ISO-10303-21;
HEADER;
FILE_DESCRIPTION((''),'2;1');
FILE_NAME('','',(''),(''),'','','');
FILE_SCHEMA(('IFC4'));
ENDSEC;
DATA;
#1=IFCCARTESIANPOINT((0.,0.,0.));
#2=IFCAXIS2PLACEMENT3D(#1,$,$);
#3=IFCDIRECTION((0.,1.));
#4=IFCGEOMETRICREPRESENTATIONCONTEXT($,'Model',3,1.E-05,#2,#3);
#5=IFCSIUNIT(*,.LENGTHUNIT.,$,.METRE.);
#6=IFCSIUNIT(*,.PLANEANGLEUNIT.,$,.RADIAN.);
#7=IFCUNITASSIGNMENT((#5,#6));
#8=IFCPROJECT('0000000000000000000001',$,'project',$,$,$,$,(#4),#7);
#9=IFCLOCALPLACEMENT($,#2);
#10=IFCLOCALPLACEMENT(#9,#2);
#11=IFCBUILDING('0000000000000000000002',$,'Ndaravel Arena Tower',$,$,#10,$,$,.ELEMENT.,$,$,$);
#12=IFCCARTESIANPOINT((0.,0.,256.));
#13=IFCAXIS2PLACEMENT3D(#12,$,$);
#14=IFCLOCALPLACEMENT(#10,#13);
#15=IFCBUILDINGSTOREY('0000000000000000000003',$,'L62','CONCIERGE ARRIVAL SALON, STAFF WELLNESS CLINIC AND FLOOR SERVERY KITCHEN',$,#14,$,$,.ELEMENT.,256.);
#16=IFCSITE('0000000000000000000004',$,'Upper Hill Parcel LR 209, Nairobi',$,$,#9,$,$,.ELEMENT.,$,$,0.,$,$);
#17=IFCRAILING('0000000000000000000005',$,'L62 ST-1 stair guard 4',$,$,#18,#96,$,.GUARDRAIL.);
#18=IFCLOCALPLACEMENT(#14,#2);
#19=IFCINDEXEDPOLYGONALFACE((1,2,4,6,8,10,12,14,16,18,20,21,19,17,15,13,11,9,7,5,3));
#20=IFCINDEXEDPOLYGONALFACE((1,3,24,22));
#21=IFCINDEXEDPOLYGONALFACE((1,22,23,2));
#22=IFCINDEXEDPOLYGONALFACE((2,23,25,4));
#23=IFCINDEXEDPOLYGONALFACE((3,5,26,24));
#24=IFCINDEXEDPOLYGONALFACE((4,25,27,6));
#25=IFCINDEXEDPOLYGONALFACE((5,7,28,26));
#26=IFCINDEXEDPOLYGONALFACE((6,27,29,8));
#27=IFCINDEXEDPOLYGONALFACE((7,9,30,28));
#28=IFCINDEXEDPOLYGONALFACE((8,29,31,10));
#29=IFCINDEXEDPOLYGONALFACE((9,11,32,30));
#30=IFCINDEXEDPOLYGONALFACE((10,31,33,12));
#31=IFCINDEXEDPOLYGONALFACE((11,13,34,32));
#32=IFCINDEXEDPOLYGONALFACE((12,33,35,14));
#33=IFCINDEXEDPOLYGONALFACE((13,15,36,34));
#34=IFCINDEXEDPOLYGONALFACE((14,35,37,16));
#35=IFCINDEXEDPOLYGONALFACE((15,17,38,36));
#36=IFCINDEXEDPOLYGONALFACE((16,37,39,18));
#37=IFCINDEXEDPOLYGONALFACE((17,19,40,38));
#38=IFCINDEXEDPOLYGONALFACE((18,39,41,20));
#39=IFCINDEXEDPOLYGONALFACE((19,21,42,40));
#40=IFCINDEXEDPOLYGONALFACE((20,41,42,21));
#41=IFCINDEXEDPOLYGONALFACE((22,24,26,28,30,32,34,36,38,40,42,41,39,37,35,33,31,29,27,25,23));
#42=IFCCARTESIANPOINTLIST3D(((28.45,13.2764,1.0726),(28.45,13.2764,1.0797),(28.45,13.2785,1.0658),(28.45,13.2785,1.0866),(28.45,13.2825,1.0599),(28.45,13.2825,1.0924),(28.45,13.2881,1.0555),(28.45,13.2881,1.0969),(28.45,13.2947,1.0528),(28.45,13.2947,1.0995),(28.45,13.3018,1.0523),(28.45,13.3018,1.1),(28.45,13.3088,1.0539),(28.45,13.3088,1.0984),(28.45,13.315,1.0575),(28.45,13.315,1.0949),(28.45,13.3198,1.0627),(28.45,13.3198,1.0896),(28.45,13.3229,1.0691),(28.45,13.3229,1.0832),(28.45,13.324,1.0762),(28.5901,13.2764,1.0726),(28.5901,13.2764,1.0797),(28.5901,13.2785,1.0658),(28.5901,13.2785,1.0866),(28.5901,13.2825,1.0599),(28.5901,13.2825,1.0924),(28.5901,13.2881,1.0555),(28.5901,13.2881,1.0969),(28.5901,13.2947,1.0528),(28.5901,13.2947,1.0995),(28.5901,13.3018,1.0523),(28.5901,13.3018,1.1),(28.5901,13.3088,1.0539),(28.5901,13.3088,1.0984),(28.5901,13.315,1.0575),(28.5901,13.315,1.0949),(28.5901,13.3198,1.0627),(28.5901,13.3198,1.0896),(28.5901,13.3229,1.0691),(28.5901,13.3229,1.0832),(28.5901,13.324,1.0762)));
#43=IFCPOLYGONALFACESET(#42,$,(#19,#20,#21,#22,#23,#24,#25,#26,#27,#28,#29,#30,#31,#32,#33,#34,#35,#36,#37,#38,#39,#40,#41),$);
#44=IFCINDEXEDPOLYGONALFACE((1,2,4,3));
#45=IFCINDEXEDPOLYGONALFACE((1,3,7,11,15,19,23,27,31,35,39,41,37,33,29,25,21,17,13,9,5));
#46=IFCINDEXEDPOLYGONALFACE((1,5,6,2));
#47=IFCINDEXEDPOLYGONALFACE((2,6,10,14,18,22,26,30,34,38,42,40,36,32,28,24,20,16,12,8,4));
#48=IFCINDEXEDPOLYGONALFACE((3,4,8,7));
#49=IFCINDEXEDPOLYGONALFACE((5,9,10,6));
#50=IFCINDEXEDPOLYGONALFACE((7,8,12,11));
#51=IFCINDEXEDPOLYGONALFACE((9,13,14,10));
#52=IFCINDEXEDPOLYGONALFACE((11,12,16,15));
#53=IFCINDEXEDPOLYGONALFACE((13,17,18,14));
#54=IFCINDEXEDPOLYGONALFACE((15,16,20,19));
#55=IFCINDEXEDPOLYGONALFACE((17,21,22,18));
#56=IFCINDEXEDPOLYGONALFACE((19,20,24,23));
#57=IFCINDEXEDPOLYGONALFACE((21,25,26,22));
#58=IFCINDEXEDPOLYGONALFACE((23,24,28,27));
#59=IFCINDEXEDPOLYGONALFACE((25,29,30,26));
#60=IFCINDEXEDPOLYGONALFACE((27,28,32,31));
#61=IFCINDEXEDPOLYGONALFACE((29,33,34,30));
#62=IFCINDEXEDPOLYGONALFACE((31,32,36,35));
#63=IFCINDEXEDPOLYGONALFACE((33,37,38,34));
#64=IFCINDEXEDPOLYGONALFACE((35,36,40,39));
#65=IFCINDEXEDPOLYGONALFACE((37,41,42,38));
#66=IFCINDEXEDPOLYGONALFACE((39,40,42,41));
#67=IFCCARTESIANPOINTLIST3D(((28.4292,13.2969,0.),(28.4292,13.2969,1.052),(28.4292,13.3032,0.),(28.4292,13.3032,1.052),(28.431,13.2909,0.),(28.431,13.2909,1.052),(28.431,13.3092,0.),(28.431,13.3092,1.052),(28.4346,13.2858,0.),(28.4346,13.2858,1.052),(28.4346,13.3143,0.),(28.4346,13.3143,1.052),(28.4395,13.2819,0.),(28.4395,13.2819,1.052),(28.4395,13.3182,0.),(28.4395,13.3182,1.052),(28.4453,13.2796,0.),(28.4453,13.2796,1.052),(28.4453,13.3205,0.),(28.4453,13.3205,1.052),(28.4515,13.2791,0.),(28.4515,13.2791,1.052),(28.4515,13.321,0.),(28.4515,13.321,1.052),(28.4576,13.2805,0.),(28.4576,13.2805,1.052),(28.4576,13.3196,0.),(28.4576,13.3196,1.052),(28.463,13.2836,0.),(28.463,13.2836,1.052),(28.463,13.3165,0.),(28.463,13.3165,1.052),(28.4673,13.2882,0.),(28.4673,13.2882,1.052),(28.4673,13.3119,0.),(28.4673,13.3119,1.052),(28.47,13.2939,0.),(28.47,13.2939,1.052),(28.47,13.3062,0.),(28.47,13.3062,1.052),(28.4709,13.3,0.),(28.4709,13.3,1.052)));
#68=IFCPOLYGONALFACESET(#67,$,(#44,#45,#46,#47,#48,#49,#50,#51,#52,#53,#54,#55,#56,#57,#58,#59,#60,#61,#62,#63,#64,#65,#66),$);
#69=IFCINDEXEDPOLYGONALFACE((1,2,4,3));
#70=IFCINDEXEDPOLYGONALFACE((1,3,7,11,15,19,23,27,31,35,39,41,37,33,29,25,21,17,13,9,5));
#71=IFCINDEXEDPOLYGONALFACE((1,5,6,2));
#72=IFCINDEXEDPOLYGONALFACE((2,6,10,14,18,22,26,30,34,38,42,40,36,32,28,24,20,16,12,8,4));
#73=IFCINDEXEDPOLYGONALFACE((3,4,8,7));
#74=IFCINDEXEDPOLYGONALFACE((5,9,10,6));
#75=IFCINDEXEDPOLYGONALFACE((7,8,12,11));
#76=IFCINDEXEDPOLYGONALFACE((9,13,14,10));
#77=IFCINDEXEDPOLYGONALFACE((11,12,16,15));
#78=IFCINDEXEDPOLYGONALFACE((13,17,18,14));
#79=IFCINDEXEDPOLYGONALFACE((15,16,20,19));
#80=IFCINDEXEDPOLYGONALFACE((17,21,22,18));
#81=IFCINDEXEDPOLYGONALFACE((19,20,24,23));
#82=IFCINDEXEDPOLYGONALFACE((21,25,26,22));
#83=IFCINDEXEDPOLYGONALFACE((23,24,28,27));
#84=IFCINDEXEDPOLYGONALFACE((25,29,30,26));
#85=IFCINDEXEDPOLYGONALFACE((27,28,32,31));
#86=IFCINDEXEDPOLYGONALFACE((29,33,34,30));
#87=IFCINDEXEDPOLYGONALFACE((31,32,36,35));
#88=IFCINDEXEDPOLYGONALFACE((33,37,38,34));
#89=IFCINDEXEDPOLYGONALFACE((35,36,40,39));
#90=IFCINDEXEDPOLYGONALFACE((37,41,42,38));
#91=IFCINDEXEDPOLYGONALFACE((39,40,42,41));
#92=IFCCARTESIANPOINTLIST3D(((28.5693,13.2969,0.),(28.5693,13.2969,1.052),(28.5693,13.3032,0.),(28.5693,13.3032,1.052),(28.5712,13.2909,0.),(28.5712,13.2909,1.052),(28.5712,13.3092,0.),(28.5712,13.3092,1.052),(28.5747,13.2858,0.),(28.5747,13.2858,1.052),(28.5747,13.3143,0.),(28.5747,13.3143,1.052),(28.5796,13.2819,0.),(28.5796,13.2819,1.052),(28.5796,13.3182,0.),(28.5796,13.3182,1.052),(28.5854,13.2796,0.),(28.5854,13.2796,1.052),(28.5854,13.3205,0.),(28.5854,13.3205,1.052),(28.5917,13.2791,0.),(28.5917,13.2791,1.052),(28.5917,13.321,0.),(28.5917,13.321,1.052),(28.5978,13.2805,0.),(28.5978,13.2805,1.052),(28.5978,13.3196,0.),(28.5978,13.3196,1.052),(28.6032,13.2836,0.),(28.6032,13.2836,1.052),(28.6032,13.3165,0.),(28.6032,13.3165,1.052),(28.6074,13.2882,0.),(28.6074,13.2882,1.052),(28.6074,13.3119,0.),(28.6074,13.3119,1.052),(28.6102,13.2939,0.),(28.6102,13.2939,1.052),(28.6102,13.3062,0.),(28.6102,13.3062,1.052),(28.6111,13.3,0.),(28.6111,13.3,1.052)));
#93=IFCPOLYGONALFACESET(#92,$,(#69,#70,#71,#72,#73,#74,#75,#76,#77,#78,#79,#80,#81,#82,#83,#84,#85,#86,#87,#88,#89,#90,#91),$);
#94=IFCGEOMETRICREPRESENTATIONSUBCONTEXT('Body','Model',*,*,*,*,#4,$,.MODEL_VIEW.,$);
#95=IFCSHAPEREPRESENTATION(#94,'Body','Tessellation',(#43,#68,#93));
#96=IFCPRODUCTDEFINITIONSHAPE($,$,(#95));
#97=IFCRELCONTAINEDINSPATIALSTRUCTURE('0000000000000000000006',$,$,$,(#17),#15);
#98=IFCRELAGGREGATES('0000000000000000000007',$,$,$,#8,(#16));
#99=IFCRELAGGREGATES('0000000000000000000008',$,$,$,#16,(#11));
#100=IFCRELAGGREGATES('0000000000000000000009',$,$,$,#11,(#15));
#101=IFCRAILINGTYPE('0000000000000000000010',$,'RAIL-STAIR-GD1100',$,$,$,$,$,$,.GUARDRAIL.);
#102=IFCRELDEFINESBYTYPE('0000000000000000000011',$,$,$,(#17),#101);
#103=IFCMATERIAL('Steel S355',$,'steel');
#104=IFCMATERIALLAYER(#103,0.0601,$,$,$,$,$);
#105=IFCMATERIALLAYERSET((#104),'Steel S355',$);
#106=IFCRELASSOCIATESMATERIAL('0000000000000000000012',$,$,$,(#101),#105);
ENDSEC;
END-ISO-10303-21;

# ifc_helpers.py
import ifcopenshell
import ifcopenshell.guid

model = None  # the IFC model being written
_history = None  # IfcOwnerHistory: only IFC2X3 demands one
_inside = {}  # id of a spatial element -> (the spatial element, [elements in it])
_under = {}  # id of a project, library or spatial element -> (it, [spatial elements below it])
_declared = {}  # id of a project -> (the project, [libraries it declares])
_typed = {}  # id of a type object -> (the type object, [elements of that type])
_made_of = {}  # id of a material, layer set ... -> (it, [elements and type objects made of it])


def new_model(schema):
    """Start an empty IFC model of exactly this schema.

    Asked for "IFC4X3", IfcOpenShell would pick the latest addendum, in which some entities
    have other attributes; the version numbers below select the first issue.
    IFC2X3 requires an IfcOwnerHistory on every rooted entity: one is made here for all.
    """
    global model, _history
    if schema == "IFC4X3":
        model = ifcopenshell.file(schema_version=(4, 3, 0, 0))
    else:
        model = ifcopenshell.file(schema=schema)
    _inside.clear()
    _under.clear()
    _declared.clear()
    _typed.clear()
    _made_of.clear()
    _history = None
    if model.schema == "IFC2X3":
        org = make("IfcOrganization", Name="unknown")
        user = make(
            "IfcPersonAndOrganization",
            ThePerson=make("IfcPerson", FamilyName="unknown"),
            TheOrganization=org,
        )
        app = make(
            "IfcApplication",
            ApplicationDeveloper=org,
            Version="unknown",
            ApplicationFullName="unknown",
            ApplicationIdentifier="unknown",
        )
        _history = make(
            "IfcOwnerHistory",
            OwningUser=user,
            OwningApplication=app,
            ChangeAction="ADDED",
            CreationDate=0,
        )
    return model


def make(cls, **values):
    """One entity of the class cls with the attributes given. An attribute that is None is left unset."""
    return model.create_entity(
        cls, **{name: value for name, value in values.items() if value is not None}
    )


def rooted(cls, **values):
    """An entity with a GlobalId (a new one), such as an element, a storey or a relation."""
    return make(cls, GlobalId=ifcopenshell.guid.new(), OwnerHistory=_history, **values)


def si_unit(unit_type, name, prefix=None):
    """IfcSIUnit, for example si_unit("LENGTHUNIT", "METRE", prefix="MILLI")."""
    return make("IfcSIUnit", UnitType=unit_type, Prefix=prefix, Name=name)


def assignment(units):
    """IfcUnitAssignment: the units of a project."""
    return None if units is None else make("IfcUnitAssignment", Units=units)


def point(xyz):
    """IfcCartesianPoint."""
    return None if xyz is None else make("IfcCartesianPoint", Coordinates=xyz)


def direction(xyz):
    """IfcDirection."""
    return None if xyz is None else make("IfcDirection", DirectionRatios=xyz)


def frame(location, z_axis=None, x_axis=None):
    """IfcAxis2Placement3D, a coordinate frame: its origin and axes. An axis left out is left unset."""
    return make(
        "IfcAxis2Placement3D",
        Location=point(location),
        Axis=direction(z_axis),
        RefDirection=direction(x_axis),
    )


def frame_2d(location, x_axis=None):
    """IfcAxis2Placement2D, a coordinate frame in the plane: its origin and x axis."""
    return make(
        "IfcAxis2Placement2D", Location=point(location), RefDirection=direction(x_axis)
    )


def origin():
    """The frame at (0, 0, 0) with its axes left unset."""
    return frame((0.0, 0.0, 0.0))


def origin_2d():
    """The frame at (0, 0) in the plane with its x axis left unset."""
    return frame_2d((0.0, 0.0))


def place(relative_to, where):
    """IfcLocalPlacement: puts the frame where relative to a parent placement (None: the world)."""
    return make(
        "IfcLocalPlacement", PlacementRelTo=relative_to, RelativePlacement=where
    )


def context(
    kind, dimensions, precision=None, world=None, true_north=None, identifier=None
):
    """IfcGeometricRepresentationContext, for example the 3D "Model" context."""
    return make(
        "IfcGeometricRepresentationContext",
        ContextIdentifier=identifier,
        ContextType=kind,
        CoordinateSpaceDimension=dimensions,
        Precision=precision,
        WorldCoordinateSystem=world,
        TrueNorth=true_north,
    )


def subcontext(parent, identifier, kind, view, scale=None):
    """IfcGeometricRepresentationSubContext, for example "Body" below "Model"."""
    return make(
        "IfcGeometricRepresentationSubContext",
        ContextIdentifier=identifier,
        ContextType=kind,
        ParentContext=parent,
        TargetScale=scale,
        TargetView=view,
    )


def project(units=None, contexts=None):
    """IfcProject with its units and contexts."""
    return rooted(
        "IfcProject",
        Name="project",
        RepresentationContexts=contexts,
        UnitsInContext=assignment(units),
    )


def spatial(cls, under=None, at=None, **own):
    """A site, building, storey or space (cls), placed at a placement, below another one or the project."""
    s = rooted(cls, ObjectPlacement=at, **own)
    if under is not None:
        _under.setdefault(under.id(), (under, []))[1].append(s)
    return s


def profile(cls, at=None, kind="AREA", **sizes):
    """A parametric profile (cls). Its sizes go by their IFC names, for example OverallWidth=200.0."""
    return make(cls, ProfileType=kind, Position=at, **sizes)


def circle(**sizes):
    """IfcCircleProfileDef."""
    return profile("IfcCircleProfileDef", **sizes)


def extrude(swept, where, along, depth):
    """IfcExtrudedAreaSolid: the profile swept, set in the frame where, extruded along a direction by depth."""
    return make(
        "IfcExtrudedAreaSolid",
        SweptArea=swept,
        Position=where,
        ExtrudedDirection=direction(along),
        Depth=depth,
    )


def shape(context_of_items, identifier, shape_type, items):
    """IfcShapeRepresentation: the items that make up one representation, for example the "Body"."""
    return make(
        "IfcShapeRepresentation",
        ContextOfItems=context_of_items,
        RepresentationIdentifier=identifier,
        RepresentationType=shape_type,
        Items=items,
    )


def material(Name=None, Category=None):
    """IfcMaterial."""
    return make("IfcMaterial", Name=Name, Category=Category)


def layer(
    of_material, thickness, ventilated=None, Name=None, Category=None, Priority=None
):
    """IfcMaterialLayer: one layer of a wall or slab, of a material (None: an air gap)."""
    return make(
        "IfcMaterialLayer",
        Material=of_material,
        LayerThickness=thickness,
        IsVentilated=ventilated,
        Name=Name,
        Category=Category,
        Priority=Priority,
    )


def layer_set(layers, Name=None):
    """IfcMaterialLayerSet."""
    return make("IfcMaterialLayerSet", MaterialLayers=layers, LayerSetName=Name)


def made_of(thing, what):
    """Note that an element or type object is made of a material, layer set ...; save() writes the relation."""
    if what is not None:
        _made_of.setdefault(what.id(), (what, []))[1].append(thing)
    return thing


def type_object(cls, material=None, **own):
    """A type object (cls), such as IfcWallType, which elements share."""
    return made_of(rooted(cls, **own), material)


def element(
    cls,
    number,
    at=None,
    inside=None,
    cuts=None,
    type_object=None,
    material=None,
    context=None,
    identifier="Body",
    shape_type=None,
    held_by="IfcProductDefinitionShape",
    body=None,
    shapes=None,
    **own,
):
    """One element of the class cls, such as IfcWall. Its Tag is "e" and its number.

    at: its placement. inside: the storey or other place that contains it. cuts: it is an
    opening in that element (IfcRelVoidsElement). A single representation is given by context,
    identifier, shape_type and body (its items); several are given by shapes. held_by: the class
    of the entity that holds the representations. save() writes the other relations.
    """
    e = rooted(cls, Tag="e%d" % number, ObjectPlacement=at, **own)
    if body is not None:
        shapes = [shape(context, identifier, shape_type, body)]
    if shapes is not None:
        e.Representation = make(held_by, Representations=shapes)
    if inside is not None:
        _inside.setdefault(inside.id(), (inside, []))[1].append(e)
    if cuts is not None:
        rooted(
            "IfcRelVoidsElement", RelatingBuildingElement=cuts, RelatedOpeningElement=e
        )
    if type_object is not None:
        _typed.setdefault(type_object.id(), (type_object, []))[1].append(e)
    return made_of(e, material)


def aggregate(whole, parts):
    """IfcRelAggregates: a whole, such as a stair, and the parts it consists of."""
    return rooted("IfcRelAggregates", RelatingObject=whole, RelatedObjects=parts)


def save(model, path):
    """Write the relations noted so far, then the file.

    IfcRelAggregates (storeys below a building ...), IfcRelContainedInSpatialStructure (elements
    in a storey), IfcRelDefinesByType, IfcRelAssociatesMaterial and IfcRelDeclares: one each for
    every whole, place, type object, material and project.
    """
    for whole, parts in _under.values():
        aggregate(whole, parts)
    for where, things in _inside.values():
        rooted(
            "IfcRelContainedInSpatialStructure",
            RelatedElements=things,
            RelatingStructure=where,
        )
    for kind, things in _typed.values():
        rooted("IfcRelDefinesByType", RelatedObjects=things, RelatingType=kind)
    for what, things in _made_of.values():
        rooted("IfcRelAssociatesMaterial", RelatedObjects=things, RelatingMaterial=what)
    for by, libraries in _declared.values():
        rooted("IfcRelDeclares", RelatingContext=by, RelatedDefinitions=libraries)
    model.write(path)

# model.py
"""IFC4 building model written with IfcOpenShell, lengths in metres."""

from ifc_helpers import new_model, si_unit, direction, frame, origin, origin_2d, place, context, subcontext, project, spatial, circle, extrude, material, layer, layer_set, type_object, element, save


model = new_model("IFC4")

# Units and contexts
model_context = context("Model", 3, precision=1e-05, world=origin(), true_north=direction((0.0, 1.0)))
body_context = subcontext(model_context, "Body", "Model", "MODEL_VIEW")
ifc_project = project(units=[si_unit("LENGTHUNIT", "METRE"), si_unit("PLANEANGLEUNIT", "RADIAN")], contexts=[model_context])

# Site, building, storey
site_placement = place(None, origin())
site = spatial("IfcSite", under=ifc_project, at=site_placement, Name="Upper Hill Parcel LR 209, Nairobi", CompositionType="ELEMENT", RefElevation=0.0)
building_placement = place(site_placement, origin())
building = spatial("IfcBuilding", under=site, at=building_placement, Name="Ndaravel Arena Tower", CompositionType="ELEMENT")
storey_placement = place(building_placement, frame((0.0, 0.0, 256.0)))
storey = spatial("IfcBuildingStorey", under=building, at=storey_placement, Name="L62", Description="CONCIERGE ARRIVAL SALON, STAFF WELLNESS CLINIC AND FLOOR SERVERY KITCHEN", CompositionType="ELEMENT", Elevation=256.0)

# Railing
ifc_material_1 = material(Name="Steel S355", Category="steel")
ifc_layer_1 = layer(ifc_material_1, 0.0601)
ifc_layer_set_1 = layer_set([ifc_layer_1], Name="Steel S355")
railing_type_1 = type_object("IfcRailingType", Name="RAIL-STAIR-GD1100", PredefinedType="GUARDRAIL", material=ifc_layer_set_1)
railing_1_placement = place(storey_placement, frame((28.45, 13.3, 0.0)))
element("IfcRailing", 1, at=railing_1_placement, inside=storey, type_object=railing_type_1, Name="L62 ST-1 stair guard 4", PredefinedType="GUARDRAIL", context=body_context, shape_type="SweptSolid", body=[
    extrude(circle(Radius=0.0239, at=origin_2d()), frame((0.0, 0.0, 1.0762), z_axis=(1.0, 0.0, 0.0), x_axis=(0.0, 1.0, 0.0)), (0.0, 0.0, 1.0), 0.1401),
    extrude(circle(Radius=0.021, at=origin_2d()), origin(), (0.0, 0.0, 1.0), 1.052),
    extrude(circle(Radius=0.021, at=origin_2d()), frame((0.1401, 0.0, 0.0)), (0.0, 0.0, 1.0), 1.052),
])

save(model, "model.ifc")
